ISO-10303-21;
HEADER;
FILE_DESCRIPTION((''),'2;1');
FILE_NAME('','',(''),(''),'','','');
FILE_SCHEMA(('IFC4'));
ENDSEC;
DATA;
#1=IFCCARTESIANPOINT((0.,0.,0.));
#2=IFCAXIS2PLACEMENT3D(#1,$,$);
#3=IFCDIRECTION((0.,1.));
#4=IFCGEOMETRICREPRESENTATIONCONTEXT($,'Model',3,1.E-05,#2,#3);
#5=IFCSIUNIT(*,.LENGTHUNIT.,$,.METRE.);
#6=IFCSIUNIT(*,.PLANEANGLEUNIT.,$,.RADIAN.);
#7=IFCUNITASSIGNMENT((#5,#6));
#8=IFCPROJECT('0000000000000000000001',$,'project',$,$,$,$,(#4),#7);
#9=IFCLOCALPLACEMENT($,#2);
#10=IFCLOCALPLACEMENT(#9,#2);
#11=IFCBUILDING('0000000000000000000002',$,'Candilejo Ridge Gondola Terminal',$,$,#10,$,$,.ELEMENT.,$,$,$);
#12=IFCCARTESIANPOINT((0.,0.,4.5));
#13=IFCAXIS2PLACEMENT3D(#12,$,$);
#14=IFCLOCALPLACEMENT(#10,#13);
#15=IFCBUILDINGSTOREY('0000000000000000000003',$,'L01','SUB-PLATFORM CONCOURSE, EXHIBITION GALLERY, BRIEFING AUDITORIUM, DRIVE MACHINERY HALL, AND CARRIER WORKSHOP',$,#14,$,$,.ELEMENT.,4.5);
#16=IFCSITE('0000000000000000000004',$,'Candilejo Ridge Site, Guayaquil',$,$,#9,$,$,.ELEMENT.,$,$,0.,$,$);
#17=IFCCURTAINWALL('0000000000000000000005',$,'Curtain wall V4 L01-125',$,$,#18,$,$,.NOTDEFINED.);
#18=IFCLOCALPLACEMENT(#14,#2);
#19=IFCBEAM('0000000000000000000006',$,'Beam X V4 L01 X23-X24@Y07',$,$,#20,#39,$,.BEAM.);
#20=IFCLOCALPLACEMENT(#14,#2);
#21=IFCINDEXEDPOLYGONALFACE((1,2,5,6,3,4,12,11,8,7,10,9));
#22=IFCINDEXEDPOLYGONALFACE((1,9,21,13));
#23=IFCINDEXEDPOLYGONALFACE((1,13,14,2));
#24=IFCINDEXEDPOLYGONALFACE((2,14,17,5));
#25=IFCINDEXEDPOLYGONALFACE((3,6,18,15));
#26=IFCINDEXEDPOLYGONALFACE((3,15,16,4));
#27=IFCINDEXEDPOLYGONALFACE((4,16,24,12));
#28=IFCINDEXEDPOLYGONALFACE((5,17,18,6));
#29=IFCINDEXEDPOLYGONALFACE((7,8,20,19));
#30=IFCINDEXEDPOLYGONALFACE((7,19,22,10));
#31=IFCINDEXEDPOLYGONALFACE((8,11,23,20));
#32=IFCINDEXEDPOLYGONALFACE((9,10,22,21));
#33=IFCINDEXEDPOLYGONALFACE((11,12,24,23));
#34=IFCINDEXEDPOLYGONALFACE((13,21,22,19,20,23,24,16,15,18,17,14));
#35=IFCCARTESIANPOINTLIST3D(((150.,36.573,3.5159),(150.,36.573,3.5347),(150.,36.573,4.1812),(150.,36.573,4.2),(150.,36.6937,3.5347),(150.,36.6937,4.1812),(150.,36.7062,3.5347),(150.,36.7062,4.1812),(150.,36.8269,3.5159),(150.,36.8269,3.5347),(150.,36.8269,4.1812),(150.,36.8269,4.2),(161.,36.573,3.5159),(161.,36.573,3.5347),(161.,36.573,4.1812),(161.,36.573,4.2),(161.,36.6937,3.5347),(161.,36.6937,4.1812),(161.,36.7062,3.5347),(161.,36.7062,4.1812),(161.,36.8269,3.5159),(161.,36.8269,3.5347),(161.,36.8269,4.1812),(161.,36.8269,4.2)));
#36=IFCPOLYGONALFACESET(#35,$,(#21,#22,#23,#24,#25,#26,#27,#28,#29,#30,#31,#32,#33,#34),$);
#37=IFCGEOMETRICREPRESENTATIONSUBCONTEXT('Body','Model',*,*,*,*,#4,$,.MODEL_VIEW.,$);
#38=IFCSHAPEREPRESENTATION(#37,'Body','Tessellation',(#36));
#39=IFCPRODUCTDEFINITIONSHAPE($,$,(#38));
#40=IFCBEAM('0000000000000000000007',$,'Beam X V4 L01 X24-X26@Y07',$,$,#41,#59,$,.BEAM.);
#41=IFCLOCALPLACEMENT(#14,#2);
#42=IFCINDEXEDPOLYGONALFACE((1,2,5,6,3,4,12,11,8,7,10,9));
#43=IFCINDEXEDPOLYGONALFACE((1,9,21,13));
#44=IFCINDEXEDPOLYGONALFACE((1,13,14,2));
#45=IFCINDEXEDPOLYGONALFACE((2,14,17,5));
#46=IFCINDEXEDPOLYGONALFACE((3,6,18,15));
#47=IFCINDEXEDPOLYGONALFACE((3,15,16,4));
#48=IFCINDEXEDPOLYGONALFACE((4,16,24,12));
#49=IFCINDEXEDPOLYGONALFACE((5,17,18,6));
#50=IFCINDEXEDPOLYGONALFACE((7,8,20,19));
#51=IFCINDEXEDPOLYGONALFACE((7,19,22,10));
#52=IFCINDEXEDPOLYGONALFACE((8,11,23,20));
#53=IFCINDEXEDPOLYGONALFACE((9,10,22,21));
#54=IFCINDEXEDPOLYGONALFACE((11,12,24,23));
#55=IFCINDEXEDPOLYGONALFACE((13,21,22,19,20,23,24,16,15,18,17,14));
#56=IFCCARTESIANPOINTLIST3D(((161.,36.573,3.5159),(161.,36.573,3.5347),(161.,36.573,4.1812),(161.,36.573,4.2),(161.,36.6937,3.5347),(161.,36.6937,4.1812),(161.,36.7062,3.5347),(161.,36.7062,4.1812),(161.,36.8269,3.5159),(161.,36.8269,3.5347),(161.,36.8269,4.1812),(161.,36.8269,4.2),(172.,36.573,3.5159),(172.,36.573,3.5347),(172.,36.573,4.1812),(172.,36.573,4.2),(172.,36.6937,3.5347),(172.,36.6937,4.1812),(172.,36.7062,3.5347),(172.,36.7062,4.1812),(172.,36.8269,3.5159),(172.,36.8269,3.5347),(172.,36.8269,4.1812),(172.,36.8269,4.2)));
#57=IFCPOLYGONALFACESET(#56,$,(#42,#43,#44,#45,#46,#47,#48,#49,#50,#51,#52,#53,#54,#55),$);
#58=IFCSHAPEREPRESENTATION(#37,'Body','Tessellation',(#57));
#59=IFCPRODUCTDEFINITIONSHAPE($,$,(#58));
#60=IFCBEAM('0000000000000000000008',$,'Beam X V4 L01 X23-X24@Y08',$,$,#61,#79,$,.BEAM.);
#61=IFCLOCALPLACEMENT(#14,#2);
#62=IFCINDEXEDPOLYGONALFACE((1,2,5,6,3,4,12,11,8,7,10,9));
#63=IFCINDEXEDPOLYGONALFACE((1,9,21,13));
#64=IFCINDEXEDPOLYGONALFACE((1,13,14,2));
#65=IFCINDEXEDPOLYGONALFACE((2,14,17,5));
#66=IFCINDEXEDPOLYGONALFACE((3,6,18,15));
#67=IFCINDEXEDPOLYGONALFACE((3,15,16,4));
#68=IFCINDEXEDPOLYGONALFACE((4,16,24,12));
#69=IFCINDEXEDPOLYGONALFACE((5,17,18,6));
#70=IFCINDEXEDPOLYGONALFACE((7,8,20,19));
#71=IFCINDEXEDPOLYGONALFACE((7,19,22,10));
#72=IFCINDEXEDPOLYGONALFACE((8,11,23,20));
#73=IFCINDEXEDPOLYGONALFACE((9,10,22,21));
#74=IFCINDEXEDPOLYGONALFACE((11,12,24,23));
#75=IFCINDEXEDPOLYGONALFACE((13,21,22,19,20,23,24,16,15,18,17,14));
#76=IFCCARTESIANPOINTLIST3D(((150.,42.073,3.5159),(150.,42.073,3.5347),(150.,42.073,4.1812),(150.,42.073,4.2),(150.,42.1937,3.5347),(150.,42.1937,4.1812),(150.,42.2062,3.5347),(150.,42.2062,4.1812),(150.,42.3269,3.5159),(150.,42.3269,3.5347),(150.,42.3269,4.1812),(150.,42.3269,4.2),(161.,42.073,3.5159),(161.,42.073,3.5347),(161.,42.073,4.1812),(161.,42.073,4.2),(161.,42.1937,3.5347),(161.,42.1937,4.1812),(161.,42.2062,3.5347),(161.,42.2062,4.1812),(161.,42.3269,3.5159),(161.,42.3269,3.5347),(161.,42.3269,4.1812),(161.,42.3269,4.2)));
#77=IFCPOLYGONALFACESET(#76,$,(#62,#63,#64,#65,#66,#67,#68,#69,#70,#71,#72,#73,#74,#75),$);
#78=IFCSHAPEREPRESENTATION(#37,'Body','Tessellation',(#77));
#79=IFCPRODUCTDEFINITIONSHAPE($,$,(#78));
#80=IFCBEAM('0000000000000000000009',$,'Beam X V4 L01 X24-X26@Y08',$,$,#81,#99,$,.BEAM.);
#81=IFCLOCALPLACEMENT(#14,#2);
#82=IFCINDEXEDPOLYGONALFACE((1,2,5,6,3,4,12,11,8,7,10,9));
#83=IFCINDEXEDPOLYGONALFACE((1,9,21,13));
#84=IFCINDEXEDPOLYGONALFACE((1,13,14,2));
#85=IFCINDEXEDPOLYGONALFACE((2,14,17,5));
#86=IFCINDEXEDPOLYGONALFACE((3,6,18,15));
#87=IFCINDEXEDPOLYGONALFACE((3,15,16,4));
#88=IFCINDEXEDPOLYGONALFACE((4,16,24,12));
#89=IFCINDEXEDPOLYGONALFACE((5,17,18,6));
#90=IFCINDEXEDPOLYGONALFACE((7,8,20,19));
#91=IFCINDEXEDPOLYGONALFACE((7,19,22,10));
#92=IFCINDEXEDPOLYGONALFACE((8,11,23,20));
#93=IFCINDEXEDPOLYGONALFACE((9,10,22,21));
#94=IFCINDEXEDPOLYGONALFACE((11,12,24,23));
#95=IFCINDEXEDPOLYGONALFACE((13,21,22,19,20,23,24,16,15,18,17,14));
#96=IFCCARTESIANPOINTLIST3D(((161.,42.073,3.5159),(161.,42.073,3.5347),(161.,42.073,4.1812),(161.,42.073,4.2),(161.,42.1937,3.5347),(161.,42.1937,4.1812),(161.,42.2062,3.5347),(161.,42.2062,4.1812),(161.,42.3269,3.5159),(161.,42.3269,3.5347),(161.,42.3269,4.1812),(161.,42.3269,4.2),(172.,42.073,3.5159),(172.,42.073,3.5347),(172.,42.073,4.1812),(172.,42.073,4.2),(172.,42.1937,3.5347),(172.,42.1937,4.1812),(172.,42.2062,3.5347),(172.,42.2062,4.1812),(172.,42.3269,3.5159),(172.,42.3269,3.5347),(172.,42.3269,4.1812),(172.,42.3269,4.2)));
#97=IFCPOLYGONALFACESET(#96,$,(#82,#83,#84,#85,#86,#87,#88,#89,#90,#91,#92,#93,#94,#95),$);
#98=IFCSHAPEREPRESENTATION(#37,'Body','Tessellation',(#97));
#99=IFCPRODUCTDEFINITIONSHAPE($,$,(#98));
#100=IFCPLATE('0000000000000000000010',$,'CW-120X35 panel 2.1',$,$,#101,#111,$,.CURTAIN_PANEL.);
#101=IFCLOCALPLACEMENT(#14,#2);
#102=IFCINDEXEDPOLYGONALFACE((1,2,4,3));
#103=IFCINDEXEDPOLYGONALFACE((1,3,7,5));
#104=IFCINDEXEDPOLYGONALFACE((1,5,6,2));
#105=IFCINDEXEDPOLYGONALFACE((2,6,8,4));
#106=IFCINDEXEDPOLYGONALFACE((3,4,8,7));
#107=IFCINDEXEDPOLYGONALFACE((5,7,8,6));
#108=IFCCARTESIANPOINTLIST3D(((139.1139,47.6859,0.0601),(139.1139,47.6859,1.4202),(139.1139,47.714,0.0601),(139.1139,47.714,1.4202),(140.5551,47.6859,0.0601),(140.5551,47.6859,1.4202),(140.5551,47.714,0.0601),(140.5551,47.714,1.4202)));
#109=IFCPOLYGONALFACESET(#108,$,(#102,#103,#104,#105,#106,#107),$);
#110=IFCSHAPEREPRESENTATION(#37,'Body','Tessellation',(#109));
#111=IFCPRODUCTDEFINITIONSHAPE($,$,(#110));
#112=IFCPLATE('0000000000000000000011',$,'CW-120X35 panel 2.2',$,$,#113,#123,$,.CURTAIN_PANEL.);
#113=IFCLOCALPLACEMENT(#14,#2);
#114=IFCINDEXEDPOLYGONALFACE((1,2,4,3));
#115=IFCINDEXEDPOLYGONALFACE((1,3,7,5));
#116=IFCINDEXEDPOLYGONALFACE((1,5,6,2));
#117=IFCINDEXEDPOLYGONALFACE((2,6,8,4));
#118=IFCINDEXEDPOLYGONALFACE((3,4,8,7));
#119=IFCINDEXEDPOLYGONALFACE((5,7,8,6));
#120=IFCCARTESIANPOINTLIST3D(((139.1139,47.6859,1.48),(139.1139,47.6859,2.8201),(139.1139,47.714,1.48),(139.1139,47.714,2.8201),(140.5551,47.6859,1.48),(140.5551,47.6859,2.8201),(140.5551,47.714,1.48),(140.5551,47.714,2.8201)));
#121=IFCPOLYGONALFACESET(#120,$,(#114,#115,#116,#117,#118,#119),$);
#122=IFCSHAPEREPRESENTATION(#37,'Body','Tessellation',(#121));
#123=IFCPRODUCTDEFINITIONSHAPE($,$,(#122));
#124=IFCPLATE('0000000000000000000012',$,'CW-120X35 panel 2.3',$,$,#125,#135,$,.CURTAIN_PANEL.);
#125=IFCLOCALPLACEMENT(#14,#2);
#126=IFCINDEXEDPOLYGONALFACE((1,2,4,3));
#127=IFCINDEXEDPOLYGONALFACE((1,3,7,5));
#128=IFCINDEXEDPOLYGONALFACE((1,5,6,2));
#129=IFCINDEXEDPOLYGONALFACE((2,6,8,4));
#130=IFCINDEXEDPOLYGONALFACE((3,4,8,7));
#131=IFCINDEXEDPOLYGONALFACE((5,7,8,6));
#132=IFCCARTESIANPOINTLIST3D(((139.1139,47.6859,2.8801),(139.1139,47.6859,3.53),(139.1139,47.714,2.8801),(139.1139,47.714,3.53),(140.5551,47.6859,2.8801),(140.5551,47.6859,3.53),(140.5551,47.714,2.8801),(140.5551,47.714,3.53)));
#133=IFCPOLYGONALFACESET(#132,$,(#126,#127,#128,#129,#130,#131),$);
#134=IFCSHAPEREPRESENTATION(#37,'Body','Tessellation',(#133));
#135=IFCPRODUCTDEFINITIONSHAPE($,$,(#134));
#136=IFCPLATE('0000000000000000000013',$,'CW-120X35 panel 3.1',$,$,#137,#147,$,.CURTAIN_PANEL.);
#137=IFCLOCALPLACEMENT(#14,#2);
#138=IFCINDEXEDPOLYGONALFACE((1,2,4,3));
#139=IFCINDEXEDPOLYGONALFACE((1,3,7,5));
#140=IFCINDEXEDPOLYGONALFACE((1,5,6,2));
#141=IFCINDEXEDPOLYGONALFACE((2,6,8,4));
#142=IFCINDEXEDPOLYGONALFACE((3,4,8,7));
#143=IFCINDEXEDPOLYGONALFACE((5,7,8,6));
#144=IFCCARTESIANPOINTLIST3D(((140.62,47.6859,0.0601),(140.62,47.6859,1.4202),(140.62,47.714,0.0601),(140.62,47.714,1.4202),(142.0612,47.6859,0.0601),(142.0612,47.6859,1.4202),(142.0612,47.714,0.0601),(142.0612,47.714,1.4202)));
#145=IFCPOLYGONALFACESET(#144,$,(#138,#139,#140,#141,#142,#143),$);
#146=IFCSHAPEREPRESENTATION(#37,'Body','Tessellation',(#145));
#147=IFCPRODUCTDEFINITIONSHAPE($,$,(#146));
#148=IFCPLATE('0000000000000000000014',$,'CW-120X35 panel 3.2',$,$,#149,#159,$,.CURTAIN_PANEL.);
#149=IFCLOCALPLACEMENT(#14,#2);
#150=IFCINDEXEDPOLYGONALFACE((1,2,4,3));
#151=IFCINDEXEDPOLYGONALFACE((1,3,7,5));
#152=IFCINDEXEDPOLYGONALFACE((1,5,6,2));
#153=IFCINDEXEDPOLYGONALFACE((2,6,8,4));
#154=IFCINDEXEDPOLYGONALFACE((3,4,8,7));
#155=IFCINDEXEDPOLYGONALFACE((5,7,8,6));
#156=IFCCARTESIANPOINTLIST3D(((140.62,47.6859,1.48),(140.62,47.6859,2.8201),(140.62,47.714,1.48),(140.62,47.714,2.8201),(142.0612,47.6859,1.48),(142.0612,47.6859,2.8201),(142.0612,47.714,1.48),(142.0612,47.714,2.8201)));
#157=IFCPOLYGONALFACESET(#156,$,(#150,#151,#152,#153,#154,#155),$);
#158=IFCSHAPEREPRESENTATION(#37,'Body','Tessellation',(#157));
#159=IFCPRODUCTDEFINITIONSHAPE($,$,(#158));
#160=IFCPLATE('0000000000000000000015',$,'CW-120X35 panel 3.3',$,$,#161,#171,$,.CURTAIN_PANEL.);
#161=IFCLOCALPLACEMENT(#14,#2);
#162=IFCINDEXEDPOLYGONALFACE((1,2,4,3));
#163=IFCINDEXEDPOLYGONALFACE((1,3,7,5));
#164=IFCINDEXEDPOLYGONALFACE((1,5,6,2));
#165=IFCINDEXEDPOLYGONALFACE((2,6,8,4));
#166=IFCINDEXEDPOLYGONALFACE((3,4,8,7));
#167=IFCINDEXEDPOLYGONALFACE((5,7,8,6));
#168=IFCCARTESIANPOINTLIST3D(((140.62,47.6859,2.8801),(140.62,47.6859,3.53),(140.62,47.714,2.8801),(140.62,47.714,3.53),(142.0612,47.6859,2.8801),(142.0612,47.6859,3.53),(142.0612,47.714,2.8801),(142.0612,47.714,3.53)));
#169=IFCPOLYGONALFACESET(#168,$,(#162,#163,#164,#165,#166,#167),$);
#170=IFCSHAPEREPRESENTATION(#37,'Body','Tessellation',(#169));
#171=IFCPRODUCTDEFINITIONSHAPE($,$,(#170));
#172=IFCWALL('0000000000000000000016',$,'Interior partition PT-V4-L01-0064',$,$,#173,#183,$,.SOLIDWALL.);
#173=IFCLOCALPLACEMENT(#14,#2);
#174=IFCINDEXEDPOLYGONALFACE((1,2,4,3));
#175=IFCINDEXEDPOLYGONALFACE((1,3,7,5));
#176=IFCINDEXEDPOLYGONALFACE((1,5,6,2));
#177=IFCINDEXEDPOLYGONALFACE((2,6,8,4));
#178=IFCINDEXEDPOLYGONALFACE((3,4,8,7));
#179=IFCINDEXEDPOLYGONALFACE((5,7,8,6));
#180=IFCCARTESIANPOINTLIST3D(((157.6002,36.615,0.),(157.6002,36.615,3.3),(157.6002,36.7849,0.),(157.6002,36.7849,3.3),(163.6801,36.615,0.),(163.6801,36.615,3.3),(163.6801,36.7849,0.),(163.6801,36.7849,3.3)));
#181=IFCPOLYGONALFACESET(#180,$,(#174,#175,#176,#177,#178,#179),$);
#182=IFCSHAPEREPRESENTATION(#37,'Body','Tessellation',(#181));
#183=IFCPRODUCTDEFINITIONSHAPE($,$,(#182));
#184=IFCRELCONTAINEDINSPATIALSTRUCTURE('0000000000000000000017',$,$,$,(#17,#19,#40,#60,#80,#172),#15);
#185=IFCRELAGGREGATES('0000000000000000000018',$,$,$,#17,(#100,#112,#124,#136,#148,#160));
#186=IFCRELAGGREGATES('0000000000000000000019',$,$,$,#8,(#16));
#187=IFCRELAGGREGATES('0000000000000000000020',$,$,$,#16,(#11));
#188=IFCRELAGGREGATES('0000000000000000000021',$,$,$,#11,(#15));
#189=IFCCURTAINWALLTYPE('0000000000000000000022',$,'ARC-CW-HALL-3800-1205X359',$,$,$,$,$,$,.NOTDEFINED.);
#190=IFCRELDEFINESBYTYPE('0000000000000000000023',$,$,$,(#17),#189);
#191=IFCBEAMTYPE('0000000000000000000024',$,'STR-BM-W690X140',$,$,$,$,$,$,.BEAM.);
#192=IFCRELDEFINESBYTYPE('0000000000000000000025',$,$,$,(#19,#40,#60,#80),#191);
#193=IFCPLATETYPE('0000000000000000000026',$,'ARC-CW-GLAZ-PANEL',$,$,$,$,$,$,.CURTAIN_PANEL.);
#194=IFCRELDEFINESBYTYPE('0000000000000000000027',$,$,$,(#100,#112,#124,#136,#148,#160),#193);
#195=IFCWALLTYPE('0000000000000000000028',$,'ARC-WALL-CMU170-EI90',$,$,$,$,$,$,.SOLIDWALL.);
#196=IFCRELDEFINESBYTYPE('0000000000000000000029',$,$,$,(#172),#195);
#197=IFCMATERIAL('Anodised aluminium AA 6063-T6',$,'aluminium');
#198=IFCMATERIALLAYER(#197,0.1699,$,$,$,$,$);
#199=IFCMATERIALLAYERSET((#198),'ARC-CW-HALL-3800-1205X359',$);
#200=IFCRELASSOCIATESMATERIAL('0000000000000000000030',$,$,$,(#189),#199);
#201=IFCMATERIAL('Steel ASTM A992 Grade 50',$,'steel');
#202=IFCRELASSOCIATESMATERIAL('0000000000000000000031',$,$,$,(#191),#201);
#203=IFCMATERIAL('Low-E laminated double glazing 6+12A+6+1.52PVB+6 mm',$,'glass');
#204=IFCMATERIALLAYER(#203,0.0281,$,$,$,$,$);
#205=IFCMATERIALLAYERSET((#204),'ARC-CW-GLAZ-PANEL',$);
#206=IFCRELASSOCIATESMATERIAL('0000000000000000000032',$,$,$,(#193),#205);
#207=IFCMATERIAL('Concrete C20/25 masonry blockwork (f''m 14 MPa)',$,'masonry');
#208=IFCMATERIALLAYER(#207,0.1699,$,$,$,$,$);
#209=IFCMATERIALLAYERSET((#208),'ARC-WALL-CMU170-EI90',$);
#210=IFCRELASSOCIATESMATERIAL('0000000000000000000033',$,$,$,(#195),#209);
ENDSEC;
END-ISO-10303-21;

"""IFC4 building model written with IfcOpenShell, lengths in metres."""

from ifc_helpers import new_model, si_unit, direction, frame, frame_2d, origin, origin_2d, place, context, subcontext, project, spatial, rectangle, i_section, extrude, material, layer, layer_set, material_profile, profile_set, type_object, element, aggregate, save


model = new_model("IFC4")

# Units and contexts
model_context = context("Model", 3, precision=1e-05, world=origin(), true_north=direction((0.0, 1.0)))
body_context = subcontext(model_context, "Body", "Model", "MODEL_VIEW")
ifc_project = project(units=[si_unit("LENGTHUNIT", "METRE"), si_unit("PLANEANGLEUNIT", "RADIAN")], contexts=[model_context])

# Site, building, storey
site_placement = place(None, origin())
site = spatial("IfcSite", under=ifc_project, at=site_placement, Name="Candilejo Ridge Site, Guayaquil", CompositionType="ELEMENT", RefElevation=0.0)
building_placement = place(site_placement, origin())
building = spatial("IfcBuilding", under=site, at=building_placement, Name="Candilejo Ridge Gondola Terminal", CompositionType="ELEMENT")
storey_placement = place(building_placement, frame((0.0, 0.0, 4.5)))
storey = spatial("IfcBuildingStorey", under=building, at=storey_placement, Name="L01", Description="SUB-PLATFORM CONCOURSE, EXHIBITION GALLERY, BRIEFING AUDITORIUM, DRIVE MACHINERY HALL, AND CARRIER WORKSHOP", CompositionType="ELEMENT", Elevation=4.5)

# Curtain wall
ifc_material_1 = material(Name="Anodised aluminium AA 6063-T6", Category="aluminium")
ifc_layer_1 = layer(ifc_material_1, 0.1699)
ifc_layer_set_1 = layer_set([ifc_layer_1], Name="ARC-CW-HALL-3800-1205X359")
curtain_wall_type = type_object("IfcCurtainWallType", Name="ARC-CW-HALL-3800-1205X359", PredefinedType="NOTDEFINED", material=ifc_layer_set_1)
curtain_wall_placement = place(storey_placement, origin())
curtain_wall = element("IfcCurtainWall", 1, at=curtain_wall_placement, inside=storey, type_object=curtain_wall_type, Name="Curtain wall V4 L01-125", PredefinedType="NOTDEFINED")

# Beams
ifc_material_2 = material(Name="Steel ASTM A992 Grade 50", Category="steel")
ifc_material_profile_1 = material_profile(ifc_material_2, i_section(OverallWidth=0.2539, OverallDepth=0.6841, WebThickness=0.0125, FlangeThickness=0.0188, at=origin_2d()))
ifc_profile_set_1 = profile_set([ifc_material_profile_1], Name="Steel ASTM A992 Grade 50")
beam_type_1 = type_object("IfcBeamType", Name="STR-BM-W690X140", PredefinedType="BEAM", material=ifc_profile_set_1)
for number, where, z_axis, x_axis, name in (
    (2, (150.0, 36.7, 3.8579), (1.0, 0.0, 0.0), (0.0, 1.0, 0.0), "Beam X V4 L01 X23-X24@Y07"),
    (3, (161.0, 36.7, 3.8579), (1.0, 0.0, 0.0), (0.0, 1.0, 0.0), "Beam X V4 L01 X24-X26@Y07"),
    (4, (150.0, 42.2, 3.8579), (1.0, 0.0, 0.0), (0.0, 1.0, 0.0), "Beam X V4 L01 X23-X24@Y08"),
    (5, (161.0, 42.2, 3.8579), (1.0, 0.0, 0.0), (0.0, 1.0, 0.0), "Beam X V4 L01 X24-X26@Y08"),
):
    element("IfcBeam", number, at=place(storey_placement, frame(where, z_axis=z_axis, x_axis=x_axis)), inside=storey, type_object=beam_type_1, Name=name, PredefinedType="BEAM", context=body_context, shape_type="SweptSolid", body=[
        extrude(i_section(OverallWidth=0.2539, OverallDepth=0.6841, WebThickness=0.0125, FlangeThickness=0.0188, at=origin_2d()), origin(), (0.0, 0.0, 1.0), 11.0),
    ])

# Plates
ifc_material_3 = material(Name="Low-E laminated double glazing 6+12A+6+1.52PVB+6 mm", Category="glass")
ifc_layer_2 = layer(ifc_material_3, 0.0281)
ifc_layer_set_2 = layer_set([ifc_layer_2], Name="ARC-CW-GLAZ-PANEL")
plate_type = type_object("IfcPlateType", Name="ARC-CW-GLAZ-PANEL", PredefinedType="CURTAIN_PANEL", material=ifc_layer_set_2)
plate_1_placement = place(storey_placement, frame((139.8345, 47.7, 0.0601), z_axis=(0.0, 0.0, 1.0), x_axis=(1.0, 0.0, 0.0)))
plate_1 = element("IfcPlate", 6, at=plate_1_placement, type_object=plate_type, Name="CW-120X35 panel 2.1", PredefinedType="CURTAIN_PANEL", context=body_context, shape_type="SweptSolid", body=[
    extrude(rectangle(XDim=1.4412, YDim=0.0281, at=origin_2d()), origin(), (0.0, 0.0, 1.0), 1.3601),
])
plate_2_placement = place(storey_placement, frame((139.8345, 47.7, 1.48), z_axis=(0.0, 0.0, 1.0), x_axis=(1.0, 0.0, 0.0)))
plate_2 = element("IfcPlate", 7, at=plate_2_placement, type_object=plate_type, Name="CW-120X35 panel 2.2", PredefinedType="CURTAIN_PANEL", context=body_context, shape_type="SweptSolid", body=[
    extrude(rectangle(XDim=1.4412, YDim=0.0281, at=origin_2d()), origin(), (0.0, 0.0, 1.0), 1.3401),
])
plate_3_placement = place(storey_placement, frame((139.8345, 47.7, 2.8801), z_axis=(0.0, 0.0, 1.0), x_axis=(1.0, 0.0, 0.0)))
plate_3 = element("IfcPlate", 8, at=plate_3_placement, type_object=plate_type, Name="CW-120X35 panel 2.3", PredefinedType="CURTAIN_PANEL", context=body_context, shape_type="SweptSolid", body=[
    extrude(rectangle(XDim=1.4412, YDim=0.0281, at=origin_2d()), origin(), (0.0, 0.0, 1.0), 0.6499),
])
plate_4_placement = place(storey_placement, frame((141.3406, 47.7, 0.0601), z_axis=(0.0, 0.0, 1.0), x_axis=(1.0, 0.0, 0.0)))
plate_4 = element("IfcPlate", 9, at=plate_4_placement, type_object=plate_type, Name="CW-120X35 panel 3.1", PredefinedType="CURTAIN_PANEL", context=body_context, shape_type="SweptSolid", body=[
    extrude(rectangle(XDim=1.4412, YDim=0.0281, at=origin_2d()), origin(), (0.0, 0.0, 1.0), 1.3601),
])
plate_5_placement = place(storey_placement, frame((141.3406, 47.7, 1.48), z_axis=(0.0, 0.0, 1.0), x_axis=(1.0, 0.0, 0.0)))
plate_5 = element("IfcPlate", 10, at=plate_5_placement, type_object=plate_type, Name="CW-120X35 panel 3.2", PredefinedType="CURTAIN_PANEL", context=body_context, shape_type="SweptSolid", body=[
    extrude(rectangle(XDim=1.4412, YDim=0.0281, at=origin_2d()), origin(), (0.0, 0.0, 1.0), 1.3401),
])
plate_6_placement = place(storey_placement, frame((141.3406, 47.7, 2.8801), z_axis=(0.0, 0.0, 1.0), x_axis=(1.0, 0.0, 0.0)))
plate_6 = element("IfcPlate", 11, at=plate_6_placement, type_object=plate_type, Name="CW-120X35 panel 3.3", PredefinedType="CURTAIN_PANEL", context=body_context, shape_type="SweptSolid", body=[
    extrude(rectangle(XDim=1.4412, YDim=0.0281, at=origin_2d()), origin(), (0.0, 0.0, 1.0), 0.6499),
])
aggregate(curtain_wall, [plate_1, plate_2, plate_3, plate_4, plate_5, plate_6])

# Wall
ifc_material_4 = material(Name="Concrete C20/25 masonry blockwork (f'm 14 MPa)", Category="masonry")
ifc_layer_3 = layer(ifc_material_4, 0.1699)
ifc_layer_set_3 = layer_set([ifc_layer_3], Name="ARC-WALL-CMU170-EI90")
wall_type_1 = type_object("IfcWallType", Name="ARC-WALL-CMU170-EI90", PredefinedType="SOLIDWALL", material=ifc_layer_set_3)
wall_1_placement = place(storey_placement, frame((157.6001, 36.7, 0.0), z_axis=(0.0, 0.0, 1.0), x_axis=(1.0, 0.0, 0.0)))
element("IfcWall", 12, at=wall_1_placement, inside=storey, type_object=wall_type_1, Name="Interior partition PT-V4-L01-0064", PredefinedType="SOLIDWALL", context=body_context, shape_type="SweptSolid", body=[
    extrude(rectangle(XDim=6.0798, YDim=0.1699, at=frame_2d((3.04, 0.0))), origin(), (0.0, 0.0, 1.0), 3.3),
])

save(model, "model.ifc")
